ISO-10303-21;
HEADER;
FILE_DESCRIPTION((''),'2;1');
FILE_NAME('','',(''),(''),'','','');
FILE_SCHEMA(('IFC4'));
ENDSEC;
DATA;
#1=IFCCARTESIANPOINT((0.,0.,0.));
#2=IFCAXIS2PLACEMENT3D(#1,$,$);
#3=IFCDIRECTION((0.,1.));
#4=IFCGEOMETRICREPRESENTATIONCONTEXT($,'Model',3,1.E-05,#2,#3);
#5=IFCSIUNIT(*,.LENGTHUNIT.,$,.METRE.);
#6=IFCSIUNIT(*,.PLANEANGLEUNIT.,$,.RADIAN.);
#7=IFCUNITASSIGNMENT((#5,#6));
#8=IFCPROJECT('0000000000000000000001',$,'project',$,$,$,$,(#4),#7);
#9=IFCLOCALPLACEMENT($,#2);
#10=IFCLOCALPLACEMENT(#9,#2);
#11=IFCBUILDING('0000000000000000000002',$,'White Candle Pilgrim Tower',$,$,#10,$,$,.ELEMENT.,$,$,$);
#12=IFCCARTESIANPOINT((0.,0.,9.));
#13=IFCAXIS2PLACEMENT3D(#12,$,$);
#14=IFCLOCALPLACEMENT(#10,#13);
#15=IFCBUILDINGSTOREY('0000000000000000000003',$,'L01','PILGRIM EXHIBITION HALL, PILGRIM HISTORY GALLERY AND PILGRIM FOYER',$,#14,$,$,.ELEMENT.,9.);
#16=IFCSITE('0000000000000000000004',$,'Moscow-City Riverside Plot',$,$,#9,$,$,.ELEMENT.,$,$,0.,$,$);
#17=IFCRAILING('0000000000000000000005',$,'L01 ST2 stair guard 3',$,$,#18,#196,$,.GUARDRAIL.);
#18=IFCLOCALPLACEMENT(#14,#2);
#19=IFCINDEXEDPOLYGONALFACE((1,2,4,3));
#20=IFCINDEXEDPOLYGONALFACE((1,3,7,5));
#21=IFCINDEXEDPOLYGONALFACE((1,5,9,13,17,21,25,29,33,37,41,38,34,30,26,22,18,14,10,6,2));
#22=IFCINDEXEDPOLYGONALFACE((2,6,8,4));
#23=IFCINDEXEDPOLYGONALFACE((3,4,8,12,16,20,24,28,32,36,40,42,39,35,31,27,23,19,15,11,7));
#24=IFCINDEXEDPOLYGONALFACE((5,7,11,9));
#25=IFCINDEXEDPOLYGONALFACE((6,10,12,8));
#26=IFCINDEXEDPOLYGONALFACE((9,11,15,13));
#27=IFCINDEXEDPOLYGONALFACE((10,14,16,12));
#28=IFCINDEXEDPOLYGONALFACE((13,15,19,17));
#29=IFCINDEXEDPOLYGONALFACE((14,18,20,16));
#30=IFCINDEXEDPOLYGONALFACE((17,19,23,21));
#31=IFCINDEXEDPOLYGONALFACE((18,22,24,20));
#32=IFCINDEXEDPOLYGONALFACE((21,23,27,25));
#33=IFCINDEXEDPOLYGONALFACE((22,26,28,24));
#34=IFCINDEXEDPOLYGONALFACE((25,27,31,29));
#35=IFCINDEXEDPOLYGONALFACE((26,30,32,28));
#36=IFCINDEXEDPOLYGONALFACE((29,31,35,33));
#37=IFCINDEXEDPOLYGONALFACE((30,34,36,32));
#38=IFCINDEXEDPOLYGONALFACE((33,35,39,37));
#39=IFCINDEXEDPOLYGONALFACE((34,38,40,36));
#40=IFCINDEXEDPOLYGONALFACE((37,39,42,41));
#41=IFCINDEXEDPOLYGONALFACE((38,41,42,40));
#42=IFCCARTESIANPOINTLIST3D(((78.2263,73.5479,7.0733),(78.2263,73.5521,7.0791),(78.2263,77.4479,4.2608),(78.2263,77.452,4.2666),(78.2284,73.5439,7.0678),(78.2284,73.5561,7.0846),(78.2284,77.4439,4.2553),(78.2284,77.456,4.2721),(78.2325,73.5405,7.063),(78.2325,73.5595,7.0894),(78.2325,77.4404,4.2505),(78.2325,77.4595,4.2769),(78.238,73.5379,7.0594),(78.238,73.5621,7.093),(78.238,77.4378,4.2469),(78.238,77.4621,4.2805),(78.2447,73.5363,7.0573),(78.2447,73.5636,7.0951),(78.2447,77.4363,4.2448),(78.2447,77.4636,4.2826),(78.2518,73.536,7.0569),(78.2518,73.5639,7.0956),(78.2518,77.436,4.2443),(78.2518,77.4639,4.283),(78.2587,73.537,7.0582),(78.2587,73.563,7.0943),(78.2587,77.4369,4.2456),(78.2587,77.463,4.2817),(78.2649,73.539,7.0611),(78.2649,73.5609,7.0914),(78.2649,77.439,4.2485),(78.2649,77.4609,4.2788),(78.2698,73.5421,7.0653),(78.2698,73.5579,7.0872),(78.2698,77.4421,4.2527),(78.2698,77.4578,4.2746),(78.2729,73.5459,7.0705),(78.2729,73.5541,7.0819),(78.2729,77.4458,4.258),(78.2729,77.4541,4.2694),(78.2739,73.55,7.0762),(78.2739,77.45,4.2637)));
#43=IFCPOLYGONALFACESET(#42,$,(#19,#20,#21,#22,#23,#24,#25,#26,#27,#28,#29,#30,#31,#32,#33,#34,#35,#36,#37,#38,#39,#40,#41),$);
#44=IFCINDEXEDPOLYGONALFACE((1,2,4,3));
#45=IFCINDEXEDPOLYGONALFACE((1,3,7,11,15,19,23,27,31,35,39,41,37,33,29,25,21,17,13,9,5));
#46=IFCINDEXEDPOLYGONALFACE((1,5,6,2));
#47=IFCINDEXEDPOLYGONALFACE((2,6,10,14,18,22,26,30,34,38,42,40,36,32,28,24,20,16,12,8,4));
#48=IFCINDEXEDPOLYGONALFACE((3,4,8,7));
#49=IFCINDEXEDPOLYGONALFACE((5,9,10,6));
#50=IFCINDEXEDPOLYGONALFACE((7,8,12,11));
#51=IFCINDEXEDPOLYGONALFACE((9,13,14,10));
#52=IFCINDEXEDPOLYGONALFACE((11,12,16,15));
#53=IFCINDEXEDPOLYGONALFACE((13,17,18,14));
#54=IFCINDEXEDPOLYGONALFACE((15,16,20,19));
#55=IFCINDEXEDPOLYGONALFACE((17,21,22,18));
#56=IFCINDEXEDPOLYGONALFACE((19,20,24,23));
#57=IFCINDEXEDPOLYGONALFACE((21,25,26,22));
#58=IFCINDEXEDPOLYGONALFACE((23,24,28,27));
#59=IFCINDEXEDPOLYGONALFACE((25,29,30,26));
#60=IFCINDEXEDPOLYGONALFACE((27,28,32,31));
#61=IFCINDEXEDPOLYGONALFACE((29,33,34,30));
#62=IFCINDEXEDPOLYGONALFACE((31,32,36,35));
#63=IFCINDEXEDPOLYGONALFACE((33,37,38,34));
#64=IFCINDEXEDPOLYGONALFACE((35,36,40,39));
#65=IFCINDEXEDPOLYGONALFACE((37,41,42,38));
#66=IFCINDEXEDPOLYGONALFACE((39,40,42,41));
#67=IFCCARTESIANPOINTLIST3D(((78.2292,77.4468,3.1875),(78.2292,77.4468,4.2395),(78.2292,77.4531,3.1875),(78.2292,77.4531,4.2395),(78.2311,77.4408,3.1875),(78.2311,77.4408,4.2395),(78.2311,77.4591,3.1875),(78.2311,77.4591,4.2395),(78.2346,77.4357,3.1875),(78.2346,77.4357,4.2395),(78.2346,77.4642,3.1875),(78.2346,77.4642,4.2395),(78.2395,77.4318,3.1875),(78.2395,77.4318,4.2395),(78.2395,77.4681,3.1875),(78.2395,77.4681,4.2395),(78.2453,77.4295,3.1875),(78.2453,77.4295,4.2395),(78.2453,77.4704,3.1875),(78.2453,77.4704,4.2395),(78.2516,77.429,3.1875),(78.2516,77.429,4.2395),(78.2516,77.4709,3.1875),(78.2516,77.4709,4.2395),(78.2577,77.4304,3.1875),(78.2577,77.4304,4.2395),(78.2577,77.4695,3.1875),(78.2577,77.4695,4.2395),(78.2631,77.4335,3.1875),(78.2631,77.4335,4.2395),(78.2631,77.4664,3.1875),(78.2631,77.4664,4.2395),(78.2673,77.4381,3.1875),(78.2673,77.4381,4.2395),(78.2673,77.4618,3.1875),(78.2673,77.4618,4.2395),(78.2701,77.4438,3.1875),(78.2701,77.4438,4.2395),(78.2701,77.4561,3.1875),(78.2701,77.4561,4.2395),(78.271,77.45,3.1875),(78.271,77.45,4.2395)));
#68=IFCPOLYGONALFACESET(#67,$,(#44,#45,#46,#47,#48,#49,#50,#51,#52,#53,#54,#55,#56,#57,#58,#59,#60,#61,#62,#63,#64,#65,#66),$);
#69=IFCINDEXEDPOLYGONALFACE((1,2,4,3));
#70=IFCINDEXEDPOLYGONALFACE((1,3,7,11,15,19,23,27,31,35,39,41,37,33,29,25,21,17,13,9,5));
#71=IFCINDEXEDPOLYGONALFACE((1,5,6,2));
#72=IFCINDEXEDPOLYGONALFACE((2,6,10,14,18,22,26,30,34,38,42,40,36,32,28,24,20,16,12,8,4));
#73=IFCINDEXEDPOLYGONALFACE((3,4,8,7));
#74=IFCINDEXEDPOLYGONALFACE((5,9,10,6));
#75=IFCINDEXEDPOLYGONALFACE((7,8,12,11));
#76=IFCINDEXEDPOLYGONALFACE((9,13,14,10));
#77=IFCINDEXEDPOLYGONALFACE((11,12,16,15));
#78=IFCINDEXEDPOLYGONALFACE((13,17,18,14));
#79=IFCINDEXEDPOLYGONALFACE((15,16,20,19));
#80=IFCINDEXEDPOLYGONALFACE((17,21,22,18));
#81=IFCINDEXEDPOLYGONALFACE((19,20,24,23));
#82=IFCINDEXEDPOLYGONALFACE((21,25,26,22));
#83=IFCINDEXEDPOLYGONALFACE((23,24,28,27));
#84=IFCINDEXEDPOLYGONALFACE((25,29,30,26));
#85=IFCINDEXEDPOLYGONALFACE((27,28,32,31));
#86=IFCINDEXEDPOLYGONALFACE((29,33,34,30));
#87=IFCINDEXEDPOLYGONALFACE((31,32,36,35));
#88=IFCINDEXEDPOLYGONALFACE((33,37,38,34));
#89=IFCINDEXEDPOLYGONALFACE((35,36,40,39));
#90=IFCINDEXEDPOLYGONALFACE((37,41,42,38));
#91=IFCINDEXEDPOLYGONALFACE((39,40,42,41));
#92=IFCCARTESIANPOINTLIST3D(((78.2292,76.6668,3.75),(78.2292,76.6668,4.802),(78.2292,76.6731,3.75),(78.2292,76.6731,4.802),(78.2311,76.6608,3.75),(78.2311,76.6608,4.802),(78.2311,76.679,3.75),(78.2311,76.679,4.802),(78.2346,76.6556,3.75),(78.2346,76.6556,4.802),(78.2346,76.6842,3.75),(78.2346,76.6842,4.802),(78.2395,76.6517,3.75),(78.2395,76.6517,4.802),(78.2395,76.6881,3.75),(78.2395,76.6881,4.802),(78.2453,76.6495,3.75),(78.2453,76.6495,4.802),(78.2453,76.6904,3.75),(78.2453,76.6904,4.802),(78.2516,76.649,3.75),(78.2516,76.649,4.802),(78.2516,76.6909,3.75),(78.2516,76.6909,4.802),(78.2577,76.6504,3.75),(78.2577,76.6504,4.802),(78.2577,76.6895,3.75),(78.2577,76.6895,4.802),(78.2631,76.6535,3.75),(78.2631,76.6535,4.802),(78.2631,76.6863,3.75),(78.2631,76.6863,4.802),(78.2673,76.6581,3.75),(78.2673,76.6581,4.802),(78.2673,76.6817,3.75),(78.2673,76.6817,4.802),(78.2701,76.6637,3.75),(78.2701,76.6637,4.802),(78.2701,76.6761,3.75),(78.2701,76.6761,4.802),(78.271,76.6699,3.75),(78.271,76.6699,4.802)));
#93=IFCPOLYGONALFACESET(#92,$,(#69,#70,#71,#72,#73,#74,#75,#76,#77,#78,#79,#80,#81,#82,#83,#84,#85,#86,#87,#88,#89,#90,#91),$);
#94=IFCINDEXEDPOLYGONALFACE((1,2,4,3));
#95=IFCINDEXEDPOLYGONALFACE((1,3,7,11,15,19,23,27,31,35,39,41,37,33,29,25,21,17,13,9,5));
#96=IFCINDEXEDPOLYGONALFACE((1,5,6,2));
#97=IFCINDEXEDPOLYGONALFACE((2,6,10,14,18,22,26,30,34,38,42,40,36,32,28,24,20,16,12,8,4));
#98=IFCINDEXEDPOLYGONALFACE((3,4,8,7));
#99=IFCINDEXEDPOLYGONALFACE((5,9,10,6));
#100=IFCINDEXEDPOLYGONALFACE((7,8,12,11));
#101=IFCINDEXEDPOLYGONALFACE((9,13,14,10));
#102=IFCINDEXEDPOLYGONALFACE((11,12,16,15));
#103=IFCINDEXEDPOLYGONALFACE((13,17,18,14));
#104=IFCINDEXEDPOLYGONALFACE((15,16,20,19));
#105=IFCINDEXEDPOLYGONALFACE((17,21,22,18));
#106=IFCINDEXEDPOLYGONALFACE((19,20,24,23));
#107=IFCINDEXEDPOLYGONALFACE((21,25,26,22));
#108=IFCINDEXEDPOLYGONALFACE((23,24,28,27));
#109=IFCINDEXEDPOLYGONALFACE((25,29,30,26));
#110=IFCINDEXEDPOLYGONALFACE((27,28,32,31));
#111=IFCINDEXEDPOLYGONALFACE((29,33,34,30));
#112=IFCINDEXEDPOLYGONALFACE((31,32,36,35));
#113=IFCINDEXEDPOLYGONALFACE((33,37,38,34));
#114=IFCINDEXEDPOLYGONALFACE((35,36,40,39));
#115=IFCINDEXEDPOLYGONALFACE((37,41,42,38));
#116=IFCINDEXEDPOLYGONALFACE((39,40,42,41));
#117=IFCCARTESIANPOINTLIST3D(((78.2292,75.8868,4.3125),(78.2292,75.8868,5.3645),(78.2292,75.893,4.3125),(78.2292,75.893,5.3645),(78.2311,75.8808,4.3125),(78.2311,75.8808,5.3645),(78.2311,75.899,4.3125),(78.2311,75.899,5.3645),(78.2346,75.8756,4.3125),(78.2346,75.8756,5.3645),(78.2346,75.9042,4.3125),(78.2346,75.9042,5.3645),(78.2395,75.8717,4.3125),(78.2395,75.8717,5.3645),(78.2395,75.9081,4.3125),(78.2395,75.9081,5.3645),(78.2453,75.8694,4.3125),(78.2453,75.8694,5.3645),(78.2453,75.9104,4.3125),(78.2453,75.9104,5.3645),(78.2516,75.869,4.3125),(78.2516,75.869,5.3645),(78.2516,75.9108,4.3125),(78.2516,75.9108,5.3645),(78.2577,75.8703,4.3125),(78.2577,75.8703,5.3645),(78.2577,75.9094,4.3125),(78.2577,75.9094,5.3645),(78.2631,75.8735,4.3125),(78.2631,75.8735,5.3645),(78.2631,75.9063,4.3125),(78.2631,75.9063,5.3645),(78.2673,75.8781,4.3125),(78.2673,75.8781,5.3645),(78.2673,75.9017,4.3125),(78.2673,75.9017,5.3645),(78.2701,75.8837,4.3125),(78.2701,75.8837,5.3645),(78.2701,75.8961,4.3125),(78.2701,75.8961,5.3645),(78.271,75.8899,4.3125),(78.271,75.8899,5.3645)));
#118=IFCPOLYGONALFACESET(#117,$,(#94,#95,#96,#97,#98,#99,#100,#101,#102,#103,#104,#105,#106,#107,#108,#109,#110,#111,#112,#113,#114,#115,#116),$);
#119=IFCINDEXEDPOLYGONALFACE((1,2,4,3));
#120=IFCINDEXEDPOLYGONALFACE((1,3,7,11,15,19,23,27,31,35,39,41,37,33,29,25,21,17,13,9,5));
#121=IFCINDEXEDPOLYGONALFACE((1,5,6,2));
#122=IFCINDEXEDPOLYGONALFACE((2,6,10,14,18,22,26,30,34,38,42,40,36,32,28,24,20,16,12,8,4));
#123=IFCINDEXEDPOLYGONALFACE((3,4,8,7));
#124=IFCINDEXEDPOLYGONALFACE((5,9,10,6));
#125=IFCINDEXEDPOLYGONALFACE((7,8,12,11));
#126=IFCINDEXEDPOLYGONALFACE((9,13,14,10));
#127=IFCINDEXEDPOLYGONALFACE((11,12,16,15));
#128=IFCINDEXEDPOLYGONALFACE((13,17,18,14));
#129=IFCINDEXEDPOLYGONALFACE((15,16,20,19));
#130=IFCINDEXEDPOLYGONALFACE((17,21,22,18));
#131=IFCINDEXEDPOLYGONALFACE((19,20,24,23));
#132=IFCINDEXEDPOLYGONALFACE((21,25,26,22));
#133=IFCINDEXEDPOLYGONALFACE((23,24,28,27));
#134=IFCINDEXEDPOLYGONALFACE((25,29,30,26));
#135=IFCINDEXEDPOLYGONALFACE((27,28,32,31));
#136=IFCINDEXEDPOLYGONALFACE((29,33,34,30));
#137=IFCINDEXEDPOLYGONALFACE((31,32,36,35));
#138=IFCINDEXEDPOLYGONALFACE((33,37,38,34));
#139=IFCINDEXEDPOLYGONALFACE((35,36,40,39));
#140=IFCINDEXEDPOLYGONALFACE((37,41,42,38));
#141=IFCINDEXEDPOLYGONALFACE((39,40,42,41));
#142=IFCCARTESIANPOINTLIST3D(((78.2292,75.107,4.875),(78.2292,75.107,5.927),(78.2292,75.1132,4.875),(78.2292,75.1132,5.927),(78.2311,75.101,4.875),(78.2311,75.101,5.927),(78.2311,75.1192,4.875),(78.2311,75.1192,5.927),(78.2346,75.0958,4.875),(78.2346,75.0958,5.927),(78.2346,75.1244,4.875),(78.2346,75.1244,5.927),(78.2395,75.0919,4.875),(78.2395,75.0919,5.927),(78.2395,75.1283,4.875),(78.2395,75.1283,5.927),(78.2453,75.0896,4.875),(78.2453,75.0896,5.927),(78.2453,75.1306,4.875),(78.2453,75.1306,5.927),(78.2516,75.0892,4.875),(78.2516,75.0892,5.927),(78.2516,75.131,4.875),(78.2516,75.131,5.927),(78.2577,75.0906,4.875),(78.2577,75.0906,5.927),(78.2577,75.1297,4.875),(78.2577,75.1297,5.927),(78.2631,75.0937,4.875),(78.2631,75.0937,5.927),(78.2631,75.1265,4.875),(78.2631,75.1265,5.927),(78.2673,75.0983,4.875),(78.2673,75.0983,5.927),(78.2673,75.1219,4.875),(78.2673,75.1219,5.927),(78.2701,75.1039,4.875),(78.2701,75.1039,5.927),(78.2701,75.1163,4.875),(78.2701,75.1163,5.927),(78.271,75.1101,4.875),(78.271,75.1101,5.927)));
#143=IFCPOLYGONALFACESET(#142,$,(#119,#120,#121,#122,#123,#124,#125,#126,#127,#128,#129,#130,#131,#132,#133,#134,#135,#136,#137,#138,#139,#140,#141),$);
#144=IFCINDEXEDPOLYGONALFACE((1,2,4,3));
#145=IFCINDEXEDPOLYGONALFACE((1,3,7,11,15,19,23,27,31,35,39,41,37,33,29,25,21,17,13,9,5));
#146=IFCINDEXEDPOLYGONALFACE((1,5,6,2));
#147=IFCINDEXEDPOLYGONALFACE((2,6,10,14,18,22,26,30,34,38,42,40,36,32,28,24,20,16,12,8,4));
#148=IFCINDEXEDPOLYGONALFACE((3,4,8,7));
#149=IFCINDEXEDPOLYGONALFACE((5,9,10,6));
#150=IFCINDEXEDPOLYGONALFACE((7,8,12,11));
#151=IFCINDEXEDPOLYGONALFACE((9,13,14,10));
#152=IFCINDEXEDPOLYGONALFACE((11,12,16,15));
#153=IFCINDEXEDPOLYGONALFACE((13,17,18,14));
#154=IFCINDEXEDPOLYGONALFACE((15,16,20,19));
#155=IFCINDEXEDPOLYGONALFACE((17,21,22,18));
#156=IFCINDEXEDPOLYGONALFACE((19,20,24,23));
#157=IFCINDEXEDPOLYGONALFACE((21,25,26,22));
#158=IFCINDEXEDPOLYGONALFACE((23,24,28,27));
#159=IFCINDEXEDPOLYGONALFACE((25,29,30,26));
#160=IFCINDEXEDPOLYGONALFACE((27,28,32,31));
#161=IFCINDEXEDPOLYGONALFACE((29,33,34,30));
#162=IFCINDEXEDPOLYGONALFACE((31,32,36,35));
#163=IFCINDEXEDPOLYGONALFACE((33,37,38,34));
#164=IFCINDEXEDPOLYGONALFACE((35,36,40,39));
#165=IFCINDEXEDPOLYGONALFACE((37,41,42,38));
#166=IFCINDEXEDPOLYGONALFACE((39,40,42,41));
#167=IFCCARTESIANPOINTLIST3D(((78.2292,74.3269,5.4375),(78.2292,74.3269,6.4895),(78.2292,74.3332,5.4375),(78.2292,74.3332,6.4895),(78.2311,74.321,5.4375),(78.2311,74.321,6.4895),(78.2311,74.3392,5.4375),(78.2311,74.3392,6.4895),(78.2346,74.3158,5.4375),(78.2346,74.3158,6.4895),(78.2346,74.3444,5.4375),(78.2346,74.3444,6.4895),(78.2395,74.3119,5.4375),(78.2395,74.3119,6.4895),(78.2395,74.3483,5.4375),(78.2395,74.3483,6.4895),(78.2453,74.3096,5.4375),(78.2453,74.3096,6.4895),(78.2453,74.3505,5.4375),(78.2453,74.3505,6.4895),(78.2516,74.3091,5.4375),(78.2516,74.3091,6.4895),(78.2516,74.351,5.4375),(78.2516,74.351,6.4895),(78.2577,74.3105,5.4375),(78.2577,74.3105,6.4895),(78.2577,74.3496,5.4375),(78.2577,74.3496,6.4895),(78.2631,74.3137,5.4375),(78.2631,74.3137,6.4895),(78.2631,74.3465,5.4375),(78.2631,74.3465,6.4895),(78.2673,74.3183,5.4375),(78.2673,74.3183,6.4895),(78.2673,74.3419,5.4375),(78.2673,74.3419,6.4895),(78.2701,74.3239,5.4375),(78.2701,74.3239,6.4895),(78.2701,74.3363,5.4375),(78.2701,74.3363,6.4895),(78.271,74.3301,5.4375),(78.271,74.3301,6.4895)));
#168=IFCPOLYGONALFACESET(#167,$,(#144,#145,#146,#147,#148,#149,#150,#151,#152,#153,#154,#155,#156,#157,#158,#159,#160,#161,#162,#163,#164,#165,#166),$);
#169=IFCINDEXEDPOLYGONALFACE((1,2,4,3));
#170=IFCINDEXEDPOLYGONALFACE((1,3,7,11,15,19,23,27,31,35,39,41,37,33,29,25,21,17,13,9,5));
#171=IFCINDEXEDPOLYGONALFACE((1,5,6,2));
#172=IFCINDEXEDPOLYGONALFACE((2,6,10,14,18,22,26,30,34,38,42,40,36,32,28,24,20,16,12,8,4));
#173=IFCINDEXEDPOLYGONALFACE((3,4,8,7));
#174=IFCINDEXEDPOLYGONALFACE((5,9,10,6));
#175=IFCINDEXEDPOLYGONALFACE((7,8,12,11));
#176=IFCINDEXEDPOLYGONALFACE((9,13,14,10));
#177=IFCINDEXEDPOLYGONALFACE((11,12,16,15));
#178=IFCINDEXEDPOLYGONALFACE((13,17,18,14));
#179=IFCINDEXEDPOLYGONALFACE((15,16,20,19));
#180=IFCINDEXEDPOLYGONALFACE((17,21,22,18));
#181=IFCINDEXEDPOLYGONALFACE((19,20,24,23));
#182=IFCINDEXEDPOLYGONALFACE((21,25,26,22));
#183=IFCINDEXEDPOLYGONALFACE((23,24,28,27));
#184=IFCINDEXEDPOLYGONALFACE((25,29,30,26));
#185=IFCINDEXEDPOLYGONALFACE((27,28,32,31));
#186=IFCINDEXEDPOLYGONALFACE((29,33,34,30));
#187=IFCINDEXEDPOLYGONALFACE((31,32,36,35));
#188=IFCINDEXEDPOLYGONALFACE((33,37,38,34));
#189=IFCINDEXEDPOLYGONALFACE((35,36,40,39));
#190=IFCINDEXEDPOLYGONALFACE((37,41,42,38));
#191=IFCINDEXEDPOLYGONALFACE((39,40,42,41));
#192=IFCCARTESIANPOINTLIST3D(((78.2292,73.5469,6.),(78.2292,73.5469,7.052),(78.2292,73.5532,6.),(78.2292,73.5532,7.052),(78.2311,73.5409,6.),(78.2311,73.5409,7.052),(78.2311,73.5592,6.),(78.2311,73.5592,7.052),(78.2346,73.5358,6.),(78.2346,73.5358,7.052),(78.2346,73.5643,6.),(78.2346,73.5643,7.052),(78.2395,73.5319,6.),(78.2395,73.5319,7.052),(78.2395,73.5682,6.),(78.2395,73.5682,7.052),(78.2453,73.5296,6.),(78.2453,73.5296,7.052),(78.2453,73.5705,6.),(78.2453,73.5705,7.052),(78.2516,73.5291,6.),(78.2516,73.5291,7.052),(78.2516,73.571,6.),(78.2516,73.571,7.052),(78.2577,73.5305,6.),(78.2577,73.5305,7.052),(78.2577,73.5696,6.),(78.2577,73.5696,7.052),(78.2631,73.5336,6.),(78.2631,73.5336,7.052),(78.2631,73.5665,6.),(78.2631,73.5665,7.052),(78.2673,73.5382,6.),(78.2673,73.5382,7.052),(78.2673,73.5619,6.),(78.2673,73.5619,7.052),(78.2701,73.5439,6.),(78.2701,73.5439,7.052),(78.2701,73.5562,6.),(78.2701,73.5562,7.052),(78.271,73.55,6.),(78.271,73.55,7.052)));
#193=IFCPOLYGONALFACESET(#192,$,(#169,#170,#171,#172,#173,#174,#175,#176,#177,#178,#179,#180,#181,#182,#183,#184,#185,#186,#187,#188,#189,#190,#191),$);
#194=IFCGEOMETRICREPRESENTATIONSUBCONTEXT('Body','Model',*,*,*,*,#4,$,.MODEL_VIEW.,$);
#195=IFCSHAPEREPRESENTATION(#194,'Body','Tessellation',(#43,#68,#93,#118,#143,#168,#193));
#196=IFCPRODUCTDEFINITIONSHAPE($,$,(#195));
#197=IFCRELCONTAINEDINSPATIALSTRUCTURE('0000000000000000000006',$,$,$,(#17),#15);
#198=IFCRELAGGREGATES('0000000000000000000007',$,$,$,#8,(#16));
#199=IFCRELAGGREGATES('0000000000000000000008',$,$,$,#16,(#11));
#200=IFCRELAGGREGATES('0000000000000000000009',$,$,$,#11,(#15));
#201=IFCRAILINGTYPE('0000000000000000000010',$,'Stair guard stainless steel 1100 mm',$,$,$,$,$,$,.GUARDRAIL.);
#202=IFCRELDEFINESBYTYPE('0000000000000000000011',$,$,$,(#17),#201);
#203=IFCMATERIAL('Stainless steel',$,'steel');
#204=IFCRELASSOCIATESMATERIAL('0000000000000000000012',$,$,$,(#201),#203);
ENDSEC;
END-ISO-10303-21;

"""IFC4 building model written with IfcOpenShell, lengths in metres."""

from ifc_helpers import new_model, si_unit, direction, frame, origin, origin_2d, place, context, subcontext, project, spatial, circle, extrude, material, type_object, element, save


model = new_model("IFC4")

# Units and contexts
model_context = context("Model", 3, precision=1e-05, world=origin(), true_north=direction((0.0, 1.0)))
body_context = subcontext(model_context, "Body", "Model", "MODEL_VIEW")
ifc_project = project(units=[si_unit("LENGTHUNIT", "METRE"), si_unit("PLANEANGLEUNIT", "RADIAN")], contexts=[model_context])

# Site, building, storey
site_placement = place(None, origin())
site = spatial("IfcSite", under=ifc_project, at=site_placement, Name="Moscow-City Riverside Plot", CompositionType="ELEMENT", RefElevation=0.0)
building_placement = place(site_placement, origin())
building = spatial("IfcBuilding", under=site, at=building_placement, Name="White Candle Pilgrim Tower", CompositionType="ELEMENT")
storey_placement = place(building_placement, frame((0.0, 0.0, 9.0)))
storey = spatial("IfcBuildingStorey", under=building, at=storey_placement, Name="L01", Description="PILGRIM EXHIBITION HALL, PILGRIM HISTORY GALLERY AND PILGRIM FOYER", CompositionType="ELEMENT", Elevation=9.0)

# Railing
ifc_material_1 = material(Name="Stainless steel", Category="steel")
railing_type_1 = type_object("IfcRailingType", Name="Stair guard stainless steel 1100 mm", PredefinedType="GUARDRAIL", material=ifc_material_1)
railing_1_placement = place(storey_placement, frame((78.25, 77.45, 3.1875)))
element("IfcRailing", 1, at=railing_1_placement, inside=storey, type_object=railing_type_1, Name="L01 ST2 stair guard 3", PredefinedType="GUARDRAIL", context=body_context, shape_type="SweptSolid", body=[
    extrude(circle(Radius=0.0239, at=origin_2d()), frame((0.0, 0.0, 1.0762), z_axis=(0.0, -0.811083, 0.584931), x_axis=(1.0, 0.0, 0.0)), (0.0, 0.0, 1.0), 4.8083),
    extrude(circle(Radius=0.021, at=origin_2d()), origin(), (0.0, 0.0, 1.0), 1.052),
    extrude(circle(Radius=0.021, at=origin_2d()), frame((0.0, -0.78, 0.5625)), (0.0, 0.0, 1.0), 1.052),
    extrude(circle(Radius=0.021, at=origin_2d()), frame((0.0, -1.5601, 1.125)), (0.0, 0.0, 1.0), 1.052),
    extrude(circle(Radius=0.021, at=origin_2d()), frame((0.0, -2.3398, 1.6875)), (0.0, 0.0, 1.0), 1.052),
    extrude(circle(Radius=0.021, at=origin_2d()), frame((0.0, -3.1199, 2.25)), (0.0, 0.0, 1.0), 1.052),
    extrude(circle(Radius=0.021, at=origin_2d()), frame((0.0, -3.8999, 2.8125)), (0.0, 0.0, 1.0), 1.052),
])

save(model, "model.ifc")
